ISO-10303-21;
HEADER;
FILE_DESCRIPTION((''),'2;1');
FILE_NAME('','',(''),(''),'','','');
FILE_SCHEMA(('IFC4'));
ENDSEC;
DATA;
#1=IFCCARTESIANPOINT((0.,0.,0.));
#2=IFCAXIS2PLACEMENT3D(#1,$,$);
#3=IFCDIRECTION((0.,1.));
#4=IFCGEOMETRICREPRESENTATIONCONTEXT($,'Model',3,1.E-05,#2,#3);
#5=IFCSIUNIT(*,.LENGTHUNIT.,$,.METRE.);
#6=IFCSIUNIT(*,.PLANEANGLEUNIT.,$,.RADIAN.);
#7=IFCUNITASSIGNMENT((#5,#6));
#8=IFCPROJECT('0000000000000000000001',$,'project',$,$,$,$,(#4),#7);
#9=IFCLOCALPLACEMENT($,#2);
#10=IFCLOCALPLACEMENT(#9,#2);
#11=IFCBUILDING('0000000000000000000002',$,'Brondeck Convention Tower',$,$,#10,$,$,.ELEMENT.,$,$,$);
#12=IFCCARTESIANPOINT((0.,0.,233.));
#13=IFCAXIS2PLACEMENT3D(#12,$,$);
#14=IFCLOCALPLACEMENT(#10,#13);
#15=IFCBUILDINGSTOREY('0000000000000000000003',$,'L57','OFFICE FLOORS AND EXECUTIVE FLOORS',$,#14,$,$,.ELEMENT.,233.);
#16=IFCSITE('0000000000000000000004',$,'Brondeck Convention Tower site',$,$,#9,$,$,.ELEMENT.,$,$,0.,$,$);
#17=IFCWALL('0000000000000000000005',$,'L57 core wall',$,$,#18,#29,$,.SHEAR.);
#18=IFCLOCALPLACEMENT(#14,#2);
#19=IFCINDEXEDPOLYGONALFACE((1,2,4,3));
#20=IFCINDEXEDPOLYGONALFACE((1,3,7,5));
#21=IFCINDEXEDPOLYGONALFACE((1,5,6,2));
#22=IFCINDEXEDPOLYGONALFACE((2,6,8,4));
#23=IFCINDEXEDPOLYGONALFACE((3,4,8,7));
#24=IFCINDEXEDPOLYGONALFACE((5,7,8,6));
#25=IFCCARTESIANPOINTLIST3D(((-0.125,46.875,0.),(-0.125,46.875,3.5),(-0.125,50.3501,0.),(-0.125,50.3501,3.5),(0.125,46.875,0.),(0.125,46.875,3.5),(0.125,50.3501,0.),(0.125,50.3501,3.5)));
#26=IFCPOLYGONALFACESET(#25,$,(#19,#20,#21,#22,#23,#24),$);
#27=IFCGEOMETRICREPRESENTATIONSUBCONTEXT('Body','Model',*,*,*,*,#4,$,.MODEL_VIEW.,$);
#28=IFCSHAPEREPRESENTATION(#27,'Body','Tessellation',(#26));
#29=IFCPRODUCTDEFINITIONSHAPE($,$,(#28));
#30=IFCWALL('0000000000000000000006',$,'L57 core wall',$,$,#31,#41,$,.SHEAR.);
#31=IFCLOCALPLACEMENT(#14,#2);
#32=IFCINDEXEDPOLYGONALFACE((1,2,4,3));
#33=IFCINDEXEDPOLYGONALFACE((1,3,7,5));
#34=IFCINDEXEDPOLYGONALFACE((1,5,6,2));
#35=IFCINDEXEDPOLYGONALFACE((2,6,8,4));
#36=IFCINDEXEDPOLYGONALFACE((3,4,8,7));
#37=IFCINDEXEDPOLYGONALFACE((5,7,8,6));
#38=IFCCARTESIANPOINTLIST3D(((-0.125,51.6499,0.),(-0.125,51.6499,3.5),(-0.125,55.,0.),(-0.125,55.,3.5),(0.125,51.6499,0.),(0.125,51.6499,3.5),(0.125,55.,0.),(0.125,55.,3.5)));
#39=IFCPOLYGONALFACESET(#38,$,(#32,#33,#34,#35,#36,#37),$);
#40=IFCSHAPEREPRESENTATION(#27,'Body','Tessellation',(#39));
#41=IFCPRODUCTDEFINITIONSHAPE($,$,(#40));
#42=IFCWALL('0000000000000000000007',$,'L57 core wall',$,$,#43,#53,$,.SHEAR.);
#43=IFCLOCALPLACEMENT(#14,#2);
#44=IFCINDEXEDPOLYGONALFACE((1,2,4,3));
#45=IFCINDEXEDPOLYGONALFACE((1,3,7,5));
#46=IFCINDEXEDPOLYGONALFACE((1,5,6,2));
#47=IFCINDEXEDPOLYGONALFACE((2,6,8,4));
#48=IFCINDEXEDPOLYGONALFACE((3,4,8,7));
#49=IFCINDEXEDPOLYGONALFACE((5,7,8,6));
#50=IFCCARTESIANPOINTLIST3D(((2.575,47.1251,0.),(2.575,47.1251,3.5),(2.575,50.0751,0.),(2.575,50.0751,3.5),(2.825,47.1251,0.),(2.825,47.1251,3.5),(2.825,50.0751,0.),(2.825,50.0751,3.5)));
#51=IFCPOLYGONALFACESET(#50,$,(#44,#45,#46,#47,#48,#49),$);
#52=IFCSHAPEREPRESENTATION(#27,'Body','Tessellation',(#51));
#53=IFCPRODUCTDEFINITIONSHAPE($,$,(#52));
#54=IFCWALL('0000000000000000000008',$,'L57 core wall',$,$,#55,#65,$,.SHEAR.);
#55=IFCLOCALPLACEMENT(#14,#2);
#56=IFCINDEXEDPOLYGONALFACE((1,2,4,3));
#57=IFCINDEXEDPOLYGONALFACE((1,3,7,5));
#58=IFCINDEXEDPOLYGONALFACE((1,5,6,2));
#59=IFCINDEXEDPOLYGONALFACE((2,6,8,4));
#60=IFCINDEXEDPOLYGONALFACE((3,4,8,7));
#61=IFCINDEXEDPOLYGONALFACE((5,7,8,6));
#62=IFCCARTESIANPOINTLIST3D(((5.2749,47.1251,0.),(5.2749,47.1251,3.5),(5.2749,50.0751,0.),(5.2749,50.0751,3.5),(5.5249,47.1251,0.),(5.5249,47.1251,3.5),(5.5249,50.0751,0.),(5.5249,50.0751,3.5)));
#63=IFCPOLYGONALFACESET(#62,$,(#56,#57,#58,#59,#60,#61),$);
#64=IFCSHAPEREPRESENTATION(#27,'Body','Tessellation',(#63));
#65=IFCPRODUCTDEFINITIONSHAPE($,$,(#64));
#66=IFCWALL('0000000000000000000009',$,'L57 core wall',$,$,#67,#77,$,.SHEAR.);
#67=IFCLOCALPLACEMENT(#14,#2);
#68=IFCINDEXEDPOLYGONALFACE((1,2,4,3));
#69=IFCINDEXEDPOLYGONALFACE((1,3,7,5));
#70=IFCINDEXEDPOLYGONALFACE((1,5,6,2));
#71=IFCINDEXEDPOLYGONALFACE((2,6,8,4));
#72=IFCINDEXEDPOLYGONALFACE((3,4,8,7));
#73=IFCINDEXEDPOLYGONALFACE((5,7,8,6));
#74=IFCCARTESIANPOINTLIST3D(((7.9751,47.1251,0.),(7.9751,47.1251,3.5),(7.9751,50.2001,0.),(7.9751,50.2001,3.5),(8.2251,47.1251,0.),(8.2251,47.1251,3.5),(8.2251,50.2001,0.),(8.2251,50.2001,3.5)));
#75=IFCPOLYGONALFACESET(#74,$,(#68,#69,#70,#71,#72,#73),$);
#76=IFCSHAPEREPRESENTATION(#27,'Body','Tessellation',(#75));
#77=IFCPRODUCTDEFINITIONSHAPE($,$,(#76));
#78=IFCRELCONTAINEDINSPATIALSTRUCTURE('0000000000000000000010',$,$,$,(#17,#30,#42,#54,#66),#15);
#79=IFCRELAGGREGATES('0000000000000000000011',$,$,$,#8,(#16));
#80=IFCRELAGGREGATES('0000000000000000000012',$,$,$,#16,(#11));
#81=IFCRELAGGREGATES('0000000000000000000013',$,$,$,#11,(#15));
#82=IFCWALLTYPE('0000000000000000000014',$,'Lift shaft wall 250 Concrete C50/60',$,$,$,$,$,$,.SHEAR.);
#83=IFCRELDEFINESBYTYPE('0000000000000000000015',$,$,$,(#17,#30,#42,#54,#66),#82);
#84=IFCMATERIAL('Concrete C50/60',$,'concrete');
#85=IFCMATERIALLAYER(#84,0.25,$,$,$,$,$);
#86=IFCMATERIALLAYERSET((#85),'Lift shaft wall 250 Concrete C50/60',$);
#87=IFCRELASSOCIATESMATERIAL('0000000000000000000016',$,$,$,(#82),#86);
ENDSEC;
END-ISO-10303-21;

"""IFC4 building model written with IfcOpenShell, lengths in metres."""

from ifc_helpers import new_model, si_unit, direction, frame, frame_2d, origin, place, context, subcontext, project, spatial, rectangle, extrude, material, layer, layer_set, type_object, element, save


model = new_model("IFC4")

# Units and contexts
model_context = context("Model", 3, precision=1e-05, world=origin(), true_north=direction((0.0, 1.0)))
body_context = subcontext(model_context, "Body", "Model", "MODEL_VIEW")
ifc_project = project(units=[si_unit("LENGTHUNIT", "METRE"), si_unit("PLANEANGLEUNIT", "RADIAN")], contexts=[model_context])

# Site, building, storey
site_placement = place(None, origin())
site = spatial("IfcSite", under=ifc_project, at=site_placement, Name="Brondeck Convention Tower site", CompositionType="ELEMENT", RefElevation=0.0)
building_placement = place(site_placement, origin())
building = spatial("IfcBuilding", under=site, at=building_placement, Name="Brondeck Convention Tower", CompositionType="ELEMENT")
storey_placement = place(building_placement, frame((0.0, 0.0, 233.0)))
storey = spatial("IfcBuildingStorey", under=building, at=storey_placement, Name="L57", Description="OFFICE FLOORS AND EXECUTIVE FLOORS", CompositionType="ELEMENT", Elevation=233.0)

# Shared definitions
ifc_material_1 = material(Name="Concrete C50/60", Category="concrete")

# Shared definitions
ifc_layer_1 = layer(ifc_material_1, 0.25)
ifc_layer_set_1 = layer_set([ifc_layer_1], Name="Lift shaft wall 250 Concrete C50/60")
wall_type_1 = type_object("IfcWallType", Name="Lift shaft wall 250 Concrete C50/60", PredefinedType="SHEAR", material=ifc_layer_set_1)

# Walls
wall_1_placement = place(storey_placement, frame((0.0, 46.875, 0.0), z_axis=(0.0, 0.0, 1.0), x_axis=(0.0, 1.0, 0.0)))
element("IfcWall", 1, at=wall_1_placement, inside=storey, type_object=wall_type_1, Name="L57 core wall", PredefinedType="SHEAR", context=body_context, shape_type="SweptSolid", body=[
    extrude(rectangle(XDim=3.4751, YDim=0.25, at=frame_2d((1.7375, 0.0))), origin(), (0.0, 0.0, 1.0), 3.5),
])
wall_2_placement = place(storey_placement, frame((0.0, 51.6499, 0.0), z_axis=(0.0, 0.0, 1.0), x_axis=(0.0, 1.0, 0.0)))
element("IfcWall", 2, at=wall_2_placement, inside=storey, type_object=wall_type_1, Name="L57 core wall", PredefinedType="SHEAR", context=body_context, shape_type="SweptSolid", body=[
    extrude(rectangle(XDim=3.3501, YDim=0.25, at=frame_2d((1.675, 0.0))), origin(), (0.0, 0.0, 1.0), 3.5),
])
for number, where, z_axis, x_axis, name in (
    (3, (2.7, 47.125, 0.0), (0.0, 0.0, 1.0), (0.0, 1.0, 0.0), "L57 core wall"),
    (4, (5.3999, 47.125, 0.0), (0.0, 0.0, 1.0), (0.0, 1.0, 0.0), "L57 core wall"),
):
    element("IfcWall", number, at=place(storey_placement, frame(where, z_axis=z_axis, x_axis=x_axis)), inside=storey, type_object=wall_type_1, Name=name, PredefinedType="SHEAR", context=body_context, shape_type="SweptSolid", body=[
        extrude(rectangle(XDim=2.95, YDim=0.25, at=frame_2d((1.4751, 0.0))), origin(), (0.0, 0.0, 1.0), 3.5),
    ])
wall_3_placement = place(storey_placement, frame((8.1001, 47.125, 0.0), z_axis=(0.0, 0.0, 1.0), x_axis=(0.0, 1.0, 0.0)))
element("IfcWall", 5, at=wall_3_placement, inside=storey, type_object=wall_type_1, Name="L57 core wall", PredefinedType="SHEAR", context=body_context, shape_type="SweptSolid", body=[
    extrude(rectangle(XDim=3.075, YDim=0.25, at=frame_2d((1.5376, 0.0))), origin(), (0.0, 0.0, 1.0), 3.5),
])

save(model, "model.ifc")
